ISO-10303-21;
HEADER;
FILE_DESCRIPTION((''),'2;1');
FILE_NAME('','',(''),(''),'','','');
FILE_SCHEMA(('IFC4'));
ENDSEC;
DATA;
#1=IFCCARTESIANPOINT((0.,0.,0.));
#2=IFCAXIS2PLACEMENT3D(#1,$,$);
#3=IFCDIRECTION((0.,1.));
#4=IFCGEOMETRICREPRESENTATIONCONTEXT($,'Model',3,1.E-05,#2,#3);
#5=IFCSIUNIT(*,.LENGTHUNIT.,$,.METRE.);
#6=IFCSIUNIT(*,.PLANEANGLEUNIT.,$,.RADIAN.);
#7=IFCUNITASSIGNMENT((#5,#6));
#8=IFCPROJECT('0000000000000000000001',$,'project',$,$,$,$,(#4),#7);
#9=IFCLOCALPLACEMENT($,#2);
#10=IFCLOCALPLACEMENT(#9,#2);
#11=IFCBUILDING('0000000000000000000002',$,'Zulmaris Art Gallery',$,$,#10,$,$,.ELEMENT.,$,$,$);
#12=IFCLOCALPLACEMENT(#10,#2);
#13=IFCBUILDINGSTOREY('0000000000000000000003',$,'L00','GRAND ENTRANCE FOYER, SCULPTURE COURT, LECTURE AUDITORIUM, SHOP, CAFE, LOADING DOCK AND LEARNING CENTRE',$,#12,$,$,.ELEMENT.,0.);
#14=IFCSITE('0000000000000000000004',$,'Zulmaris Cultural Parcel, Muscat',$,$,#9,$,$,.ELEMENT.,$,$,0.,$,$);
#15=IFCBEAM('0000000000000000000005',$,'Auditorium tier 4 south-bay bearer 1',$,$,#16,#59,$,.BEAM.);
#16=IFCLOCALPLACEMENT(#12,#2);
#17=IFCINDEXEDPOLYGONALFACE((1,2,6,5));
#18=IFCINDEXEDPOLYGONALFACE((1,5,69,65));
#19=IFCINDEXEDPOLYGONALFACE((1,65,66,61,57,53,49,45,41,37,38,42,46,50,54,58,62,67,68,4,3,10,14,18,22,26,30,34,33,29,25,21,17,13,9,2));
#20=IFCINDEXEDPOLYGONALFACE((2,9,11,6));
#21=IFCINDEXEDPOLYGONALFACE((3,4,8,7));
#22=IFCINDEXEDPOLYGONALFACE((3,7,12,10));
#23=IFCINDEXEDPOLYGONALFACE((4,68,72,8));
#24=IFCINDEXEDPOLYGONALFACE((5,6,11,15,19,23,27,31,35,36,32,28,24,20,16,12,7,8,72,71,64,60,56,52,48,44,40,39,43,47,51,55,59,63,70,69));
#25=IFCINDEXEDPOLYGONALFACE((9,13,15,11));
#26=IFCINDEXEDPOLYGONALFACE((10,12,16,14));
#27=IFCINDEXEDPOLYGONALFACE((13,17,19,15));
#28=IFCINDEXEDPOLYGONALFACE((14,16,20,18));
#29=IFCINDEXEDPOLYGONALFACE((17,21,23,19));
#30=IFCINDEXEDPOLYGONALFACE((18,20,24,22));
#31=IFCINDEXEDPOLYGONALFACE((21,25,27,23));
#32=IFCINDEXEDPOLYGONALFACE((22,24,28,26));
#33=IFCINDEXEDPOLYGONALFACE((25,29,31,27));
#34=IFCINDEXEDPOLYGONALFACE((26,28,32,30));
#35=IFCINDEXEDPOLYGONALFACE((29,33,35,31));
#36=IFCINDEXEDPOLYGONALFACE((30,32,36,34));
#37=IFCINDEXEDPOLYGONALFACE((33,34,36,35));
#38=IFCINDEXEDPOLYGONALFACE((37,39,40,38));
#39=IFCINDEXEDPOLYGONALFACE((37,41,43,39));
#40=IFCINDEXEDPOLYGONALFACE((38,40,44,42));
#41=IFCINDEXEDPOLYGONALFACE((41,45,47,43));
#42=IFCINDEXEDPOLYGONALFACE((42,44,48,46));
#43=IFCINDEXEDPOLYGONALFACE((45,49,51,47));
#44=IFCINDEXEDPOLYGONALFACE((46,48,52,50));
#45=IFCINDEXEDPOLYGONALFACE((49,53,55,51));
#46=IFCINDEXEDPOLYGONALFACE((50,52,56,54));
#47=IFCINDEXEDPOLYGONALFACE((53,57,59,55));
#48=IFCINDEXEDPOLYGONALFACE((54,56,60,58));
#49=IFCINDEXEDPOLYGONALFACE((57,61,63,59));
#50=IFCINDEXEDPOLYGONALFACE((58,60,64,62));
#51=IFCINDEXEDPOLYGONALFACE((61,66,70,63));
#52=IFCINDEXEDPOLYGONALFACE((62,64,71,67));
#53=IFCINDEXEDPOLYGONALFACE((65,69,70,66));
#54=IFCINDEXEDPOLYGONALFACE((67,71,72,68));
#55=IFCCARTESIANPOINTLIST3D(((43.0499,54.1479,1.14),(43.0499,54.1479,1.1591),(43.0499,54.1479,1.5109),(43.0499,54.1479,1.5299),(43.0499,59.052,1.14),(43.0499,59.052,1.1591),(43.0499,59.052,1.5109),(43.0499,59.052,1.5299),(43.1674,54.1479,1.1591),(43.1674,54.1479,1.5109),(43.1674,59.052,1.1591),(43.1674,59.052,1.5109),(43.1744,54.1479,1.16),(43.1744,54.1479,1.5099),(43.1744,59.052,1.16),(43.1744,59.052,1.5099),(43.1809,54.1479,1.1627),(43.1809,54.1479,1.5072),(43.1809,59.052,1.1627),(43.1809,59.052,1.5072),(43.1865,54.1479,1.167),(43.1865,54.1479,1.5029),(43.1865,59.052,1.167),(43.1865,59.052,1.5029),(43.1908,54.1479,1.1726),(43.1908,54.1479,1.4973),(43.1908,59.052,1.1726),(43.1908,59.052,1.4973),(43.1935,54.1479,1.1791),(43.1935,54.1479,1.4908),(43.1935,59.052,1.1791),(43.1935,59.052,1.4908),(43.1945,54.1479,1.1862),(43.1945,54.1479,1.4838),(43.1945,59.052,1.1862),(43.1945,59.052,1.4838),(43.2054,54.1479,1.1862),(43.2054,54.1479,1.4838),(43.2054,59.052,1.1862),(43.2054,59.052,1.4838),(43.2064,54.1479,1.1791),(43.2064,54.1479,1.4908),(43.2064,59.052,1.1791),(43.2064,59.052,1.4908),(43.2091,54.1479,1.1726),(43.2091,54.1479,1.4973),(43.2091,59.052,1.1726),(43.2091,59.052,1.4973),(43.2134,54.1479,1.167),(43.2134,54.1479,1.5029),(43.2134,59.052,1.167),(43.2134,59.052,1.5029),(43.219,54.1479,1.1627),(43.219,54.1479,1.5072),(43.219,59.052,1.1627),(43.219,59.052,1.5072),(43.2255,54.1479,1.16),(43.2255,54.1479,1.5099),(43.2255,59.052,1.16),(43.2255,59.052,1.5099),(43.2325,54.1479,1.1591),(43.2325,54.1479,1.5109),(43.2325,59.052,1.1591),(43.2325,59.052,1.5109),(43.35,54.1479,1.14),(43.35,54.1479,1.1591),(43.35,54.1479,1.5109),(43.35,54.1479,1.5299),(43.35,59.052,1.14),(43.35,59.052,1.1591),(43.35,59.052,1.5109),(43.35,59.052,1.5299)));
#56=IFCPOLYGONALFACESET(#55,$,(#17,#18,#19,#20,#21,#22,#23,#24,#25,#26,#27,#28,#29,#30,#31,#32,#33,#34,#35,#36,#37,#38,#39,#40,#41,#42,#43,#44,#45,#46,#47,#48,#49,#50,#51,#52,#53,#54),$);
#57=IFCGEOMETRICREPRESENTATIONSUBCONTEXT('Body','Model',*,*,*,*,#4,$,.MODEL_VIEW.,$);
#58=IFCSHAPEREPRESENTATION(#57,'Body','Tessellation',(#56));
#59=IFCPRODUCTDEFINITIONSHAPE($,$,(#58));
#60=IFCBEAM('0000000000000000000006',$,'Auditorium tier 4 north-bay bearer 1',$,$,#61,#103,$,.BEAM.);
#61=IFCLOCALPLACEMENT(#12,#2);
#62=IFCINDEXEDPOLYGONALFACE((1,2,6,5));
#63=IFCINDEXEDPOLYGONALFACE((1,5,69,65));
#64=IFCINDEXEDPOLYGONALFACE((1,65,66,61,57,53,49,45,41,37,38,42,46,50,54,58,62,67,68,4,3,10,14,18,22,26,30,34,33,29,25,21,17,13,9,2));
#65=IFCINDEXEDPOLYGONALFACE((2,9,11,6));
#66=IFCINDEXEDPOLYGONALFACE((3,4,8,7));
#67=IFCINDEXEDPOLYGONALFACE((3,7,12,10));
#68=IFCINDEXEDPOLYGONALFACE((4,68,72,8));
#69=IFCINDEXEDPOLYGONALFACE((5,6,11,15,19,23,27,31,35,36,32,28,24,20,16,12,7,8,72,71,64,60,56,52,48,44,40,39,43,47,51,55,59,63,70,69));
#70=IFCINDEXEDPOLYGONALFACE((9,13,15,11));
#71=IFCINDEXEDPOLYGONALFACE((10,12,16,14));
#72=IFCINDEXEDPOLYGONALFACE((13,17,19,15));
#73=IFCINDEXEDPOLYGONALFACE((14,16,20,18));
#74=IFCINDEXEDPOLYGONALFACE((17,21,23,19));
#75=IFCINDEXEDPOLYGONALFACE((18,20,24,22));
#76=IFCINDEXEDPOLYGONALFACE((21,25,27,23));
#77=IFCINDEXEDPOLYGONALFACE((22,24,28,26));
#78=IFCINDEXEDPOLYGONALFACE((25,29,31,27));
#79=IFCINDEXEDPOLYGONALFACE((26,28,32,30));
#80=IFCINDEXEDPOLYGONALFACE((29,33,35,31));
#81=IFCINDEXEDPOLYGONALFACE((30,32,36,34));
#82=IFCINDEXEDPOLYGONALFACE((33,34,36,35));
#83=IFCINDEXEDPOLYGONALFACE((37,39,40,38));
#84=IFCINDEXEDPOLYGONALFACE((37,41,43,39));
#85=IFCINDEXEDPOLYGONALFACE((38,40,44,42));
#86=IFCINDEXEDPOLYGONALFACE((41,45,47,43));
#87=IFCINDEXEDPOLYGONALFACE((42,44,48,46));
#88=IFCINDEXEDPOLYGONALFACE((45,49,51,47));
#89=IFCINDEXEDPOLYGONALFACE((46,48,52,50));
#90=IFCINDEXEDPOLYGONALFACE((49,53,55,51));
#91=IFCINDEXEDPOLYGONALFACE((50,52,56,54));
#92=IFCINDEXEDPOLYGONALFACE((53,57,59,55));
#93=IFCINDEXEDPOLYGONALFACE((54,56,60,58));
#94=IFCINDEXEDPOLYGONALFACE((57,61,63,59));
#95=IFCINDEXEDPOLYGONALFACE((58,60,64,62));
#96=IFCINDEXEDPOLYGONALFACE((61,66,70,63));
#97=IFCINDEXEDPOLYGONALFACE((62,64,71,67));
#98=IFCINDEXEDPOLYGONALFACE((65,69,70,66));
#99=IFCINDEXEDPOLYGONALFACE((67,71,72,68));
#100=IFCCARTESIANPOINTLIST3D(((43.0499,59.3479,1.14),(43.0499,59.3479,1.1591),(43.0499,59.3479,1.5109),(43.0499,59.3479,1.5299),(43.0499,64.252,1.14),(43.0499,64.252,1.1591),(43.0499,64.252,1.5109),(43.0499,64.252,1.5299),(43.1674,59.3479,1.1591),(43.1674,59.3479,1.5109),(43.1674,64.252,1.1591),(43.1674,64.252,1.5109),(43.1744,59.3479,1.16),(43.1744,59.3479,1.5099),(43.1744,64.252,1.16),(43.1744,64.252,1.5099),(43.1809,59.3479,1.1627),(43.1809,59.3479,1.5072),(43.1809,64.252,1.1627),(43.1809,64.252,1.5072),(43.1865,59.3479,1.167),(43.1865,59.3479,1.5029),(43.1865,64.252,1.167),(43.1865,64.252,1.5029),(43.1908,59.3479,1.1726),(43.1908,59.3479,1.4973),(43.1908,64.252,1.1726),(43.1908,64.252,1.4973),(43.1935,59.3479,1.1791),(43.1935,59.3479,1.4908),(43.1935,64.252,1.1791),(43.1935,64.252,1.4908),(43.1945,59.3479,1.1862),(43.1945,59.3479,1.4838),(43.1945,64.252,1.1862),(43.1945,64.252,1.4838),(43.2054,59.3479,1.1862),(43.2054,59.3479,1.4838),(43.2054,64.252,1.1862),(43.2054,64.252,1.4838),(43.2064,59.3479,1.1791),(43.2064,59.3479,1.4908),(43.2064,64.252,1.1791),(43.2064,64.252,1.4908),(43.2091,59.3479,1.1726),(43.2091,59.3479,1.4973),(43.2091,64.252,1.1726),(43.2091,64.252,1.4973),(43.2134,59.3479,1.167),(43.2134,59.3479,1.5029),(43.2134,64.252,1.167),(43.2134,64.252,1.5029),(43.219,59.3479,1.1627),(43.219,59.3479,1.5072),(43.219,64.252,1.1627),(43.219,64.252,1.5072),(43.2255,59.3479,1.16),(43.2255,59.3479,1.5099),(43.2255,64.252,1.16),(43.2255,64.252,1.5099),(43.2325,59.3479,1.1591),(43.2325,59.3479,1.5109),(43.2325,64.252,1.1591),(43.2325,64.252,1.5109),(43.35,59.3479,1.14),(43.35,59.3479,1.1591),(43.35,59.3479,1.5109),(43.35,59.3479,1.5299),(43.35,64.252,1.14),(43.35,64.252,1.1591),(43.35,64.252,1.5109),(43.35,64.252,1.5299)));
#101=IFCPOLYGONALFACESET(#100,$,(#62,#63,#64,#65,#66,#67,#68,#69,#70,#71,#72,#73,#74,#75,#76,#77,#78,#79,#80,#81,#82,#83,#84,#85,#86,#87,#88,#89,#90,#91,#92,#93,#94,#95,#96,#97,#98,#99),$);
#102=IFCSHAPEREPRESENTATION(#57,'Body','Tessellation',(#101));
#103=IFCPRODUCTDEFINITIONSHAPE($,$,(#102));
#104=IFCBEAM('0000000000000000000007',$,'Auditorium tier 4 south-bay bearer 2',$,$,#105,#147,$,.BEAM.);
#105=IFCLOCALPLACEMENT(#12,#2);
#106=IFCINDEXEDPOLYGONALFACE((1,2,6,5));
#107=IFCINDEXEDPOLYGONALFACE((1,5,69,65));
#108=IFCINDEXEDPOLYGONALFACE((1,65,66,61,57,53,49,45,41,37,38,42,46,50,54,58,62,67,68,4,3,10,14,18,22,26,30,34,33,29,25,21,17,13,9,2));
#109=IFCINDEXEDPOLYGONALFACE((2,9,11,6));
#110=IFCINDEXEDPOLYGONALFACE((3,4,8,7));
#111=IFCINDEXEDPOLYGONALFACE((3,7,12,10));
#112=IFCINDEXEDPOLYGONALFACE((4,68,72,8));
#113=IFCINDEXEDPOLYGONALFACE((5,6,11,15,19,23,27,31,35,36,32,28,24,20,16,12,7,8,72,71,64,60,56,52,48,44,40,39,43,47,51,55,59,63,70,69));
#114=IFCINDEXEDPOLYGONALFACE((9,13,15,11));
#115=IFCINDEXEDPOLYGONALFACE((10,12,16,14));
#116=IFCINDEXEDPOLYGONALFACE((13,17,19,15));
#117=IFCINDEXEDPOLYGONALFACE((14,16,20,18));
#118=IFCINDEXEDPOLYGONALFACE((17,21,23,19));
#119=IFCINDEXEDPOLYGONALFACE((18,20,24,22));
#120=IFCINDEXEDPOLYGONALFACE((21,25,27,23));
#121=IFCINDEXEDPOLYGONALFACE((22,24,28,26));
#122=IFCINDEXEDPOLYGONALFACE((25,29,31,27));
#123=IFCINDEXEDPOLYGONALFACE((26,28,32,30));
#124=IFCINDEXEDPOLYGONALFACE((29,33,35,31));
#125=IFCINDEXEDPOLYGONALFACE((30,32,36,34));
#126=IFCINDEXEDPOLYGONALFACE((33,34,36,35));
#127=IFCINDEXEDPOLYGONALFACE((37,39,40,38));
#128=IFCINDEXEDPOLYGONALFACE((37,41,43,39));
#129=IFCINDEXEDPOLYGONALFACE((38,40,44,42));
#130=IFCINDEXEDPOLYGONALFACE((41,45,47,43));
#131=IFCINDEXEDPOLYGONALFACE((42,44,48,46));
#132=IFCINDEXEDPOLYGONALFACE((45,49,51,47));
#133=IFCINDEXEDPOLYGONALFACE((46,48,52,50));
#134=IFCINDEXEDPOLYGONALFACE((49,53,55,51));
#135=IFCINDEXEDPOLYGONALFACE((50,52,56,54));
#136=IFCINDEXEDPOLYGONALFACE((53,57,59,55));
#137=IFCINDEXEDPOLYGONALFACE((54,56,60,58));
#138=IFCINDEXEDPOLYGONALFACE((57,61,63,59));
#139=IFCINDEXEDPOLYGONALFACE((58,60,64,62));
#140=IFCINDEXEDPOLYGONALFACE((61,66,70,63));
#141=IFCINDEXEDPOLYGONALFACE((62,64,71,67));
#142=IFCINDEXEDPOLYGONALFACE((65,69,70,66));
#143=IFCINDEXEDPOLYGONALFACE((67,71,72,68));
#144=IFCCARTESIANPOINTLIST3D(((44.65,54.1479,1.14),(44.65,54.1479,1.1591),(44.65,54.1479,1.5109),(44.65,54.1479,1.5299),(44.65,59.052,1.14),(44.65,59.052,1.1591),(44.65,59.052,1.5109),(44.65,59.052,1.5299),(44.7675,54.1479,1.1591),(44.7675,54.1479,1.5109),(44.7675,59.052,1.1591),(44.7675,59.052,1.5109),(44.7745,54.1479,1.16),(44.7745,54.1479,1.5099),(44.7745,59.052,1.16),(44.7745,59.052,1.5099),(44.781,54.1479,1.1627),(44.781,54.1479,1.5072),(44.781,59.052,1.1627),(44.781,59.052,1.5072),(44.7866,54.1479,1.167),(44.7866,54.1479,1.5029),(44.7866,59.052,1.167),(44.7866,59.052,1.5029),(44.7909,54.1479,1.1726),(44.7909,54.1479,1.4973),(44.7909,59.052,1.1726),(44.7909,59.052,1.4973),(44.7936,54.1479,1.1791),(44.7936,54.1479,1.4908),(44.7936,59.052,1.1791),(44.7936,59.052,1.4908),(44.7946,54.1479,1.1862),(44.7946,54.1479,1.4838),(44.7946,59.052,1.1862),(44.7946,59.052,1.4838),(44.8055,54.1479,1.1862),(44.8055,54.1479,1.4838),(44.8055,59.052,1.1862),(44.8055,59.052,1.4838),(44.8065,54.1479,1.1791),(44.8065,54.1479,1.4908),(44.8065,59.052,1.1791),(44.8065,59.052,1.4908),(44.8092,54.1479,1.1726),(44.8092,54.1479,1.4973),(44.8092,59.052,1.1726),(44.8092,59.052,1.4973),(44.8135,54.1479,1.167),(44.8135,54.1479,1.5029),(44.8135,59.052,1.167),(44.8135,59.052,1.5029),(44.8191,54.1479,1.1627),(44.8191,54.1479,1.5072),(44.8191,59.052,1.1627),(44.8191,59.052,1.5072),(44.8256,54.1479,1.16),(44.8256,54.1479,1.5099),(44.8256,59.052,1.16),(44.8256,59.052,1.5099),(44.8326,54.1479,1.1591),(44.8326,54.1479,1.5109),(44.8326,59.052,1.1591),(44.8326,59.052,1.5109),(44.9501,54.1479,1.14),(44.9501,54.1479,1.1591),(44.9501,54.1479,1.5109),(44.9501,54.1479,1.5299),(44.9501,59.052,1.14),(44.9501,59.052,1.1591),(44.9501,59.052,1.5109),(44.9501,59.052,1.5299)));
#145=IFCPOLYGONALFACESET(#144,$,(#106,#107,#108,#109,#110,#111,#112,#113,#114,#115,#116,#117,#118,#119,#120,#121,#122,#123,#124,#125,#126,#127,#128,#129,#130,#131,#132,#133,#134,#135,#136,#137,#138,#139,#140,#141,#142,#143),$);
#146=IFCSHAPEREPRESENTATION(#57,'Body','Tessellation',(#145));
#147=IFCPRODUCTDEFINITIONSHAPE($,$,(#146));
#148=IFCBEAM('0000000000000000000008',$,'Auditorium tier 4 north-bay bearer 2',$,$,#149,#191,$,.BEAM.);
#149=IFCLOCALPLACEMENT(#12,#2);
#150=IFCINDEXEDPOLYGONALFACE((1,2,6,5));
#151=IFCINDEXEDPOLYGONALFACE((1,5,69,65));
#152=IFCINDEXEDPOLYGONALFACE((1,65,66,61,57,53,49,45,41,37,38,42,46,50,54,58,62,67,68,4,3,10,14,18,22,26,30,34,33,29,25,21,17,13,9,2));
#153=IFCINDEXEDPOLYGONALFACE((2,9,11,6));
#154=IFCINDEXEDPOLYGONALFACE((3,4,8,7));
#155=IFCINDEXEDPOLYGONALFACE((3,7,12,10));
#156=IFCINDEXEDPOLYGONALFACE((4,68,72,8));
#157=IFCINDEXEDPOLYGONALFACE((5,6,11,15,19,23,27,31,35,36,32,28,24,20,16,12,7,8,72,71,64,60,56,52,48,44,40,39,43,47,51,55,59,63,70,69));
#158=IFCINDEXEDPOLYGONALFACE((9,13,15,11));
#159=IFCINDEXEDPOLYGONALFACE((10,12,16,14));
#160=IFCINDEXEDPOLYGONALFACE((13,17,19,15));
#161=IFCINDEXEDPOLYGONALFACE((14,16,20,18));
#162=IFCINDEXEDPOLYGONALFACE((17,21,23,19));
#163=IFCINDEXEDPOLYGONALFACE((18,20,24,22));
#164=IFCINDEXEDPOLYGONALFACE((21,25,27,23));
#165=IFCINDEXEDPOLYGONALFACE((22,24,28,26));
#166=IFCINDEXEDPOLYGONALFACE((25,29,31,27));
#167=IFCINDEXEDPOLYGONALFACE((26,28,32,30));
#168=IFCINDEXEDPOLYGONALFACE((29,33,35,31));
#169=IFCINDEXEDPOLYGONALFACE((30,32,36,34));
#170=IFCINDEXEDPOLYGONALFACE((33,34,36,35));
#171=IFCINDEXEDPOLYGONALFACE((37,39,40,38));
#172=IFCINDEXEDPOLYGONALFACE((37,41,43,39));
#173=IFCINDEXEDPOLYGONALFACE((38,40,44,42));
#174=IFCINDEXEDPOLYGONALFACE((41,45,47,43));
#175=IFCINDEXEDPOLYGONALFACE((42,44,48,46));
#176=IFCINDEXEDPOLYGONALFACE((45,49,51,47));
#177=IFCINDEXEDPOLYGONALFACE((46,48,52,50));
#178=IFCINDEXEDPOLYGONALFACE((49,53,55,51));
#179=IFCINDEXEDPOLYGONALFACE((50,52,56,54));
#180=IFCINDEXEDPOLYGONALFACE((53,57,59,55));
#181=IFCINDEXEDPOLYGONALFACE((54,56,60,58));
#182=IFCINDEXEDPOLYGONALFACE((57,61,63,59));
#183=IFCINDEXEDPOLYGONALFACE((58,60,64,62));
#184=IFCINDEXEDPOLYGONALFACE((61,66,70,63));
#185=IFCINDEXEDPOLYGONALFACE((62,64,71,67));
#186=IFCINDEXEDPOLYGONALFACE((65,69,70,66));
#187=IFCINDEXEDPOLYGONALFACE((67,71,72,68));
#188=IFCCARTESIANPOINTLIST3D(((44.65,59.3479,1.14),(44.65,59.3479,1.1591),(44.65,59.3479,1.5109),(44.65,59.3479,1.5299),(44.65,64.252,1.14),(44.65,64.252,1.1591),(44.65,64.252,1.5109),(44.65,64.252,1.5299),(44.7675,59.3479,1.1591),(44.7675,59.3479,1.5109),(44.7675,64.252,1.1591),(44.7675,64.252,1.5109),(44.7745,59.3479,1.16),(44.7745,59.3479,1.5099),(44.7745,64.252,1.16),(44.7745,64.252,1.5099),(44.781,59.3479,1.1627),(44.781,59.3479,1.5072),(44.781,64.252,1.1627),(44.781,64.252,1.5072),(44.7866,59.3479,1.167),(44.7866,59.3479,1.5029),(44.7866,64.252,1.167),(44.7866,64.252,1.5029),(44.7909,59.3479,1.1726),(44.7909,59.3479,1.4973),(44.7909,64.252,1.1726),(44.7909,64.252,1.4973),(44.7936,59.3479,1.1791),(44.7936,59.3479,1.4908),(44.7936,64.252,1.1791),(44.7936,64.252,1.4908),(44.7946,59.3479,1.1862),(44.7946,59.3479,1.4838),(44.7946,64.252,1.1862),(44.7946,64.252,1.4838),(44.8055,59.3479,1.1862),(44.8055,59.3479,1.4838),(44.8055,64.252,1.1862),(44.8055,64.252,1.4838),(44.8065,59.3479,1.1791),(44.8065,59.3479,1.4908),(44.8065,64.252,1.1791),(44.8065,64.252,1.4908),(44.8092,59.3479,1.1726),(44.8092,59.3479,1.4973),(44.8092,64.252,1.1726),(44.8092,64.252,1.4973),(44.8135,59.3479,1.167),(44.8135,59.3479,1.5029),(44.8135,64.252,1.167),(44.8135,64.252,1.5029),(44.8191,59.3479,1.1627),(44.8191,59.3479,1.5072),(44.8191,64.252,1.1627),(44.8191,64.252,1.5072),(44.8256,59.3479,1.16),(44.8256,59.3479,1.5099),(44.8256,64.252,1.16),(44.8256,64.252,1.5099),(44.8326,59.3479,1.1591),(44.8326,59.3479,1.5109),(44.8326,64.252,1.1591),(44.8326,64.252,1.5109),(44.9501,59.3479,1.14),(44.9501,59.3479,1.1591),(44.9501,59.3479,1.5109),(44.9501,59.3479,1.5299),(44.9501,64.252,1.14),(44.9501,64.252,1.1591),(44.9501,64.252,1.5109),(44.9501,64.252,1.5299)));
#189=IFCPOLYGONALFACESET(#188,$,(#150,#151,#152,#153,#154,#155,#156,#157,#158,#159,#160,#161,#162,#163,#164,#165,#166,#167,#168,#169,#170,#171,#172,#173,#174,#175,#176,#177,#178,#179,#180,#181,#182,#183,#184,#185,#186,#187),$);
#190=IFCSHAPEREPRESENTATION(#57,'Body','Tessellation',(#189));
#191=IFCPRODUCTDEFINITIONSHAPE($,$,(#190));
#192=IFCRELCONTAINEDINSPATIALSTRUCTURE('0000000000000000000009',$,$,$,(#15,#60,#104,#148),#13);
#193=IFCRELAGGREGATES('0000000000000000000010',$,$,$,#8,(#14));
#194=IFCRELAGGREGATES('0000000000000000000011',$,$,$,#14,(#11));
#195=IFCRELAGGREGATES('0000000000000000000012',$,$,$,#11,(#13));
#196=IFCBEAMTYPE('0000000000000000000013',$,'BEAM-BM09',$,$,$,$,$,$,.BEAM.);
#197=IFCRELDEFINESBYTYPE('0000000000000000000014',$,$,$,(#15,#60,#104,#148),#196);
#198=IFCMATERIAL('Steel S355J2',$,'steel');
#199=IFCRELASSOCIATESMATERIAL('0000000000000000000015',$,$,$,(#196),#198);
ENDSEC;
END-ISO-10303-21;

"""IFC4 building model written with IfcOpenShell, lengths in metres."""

from ifc_helpers import new_model, si_unit, direction, frame, origin, origin_2d, place, context, subcontext, project, spatial, i_section, extrude, material, material_profile, profile_set, type_object, element, save


model = new_model("IFC4")

# Units and contexts
model_context = context("Model", 3, precision=1e-05, world=origin(), true_north=direction((0.0, 1.0)))
body_context = subcontext(model_context, "Body", "Model", "MODEL_VIEW")
ifc_project = project(units=[si_unit("LENGTHUNIT", "METRE"), si_unit("PLANEANGLEUNIT", "RADIAN")], contexts=[model_context])

# Site, building, storey
site_placement = place(None, origin())
site = spatial("IfcSite", under=ifc_project, at=site_placement, Name="Zulmaris Cultural Parcel, Muscat", CompositionType="ELEMENT", RefElevation=0.0)
building_placement = place(site_placement, origin())
building = spatial("IfcBuilding", under=site, at=building_placement, Name="Zulmaris Art Gallery", CompositionType="ELEMENT")
storey_placement = place(building_placement, origin())
storey = spatial("IfcBuildingStorey", under=building, at=storey_placement, Name="L00", Description="GRAND ENTRANCE FOYER, SCULPTURE COURT, LECTURE AUDITORIUM, SHOP, CAFE, LOADING DOCK AND LEARNING CENTRE", CompositionType="ELEMENT", Elevation=0.0)

# Beams
ifc_material_1 = material(Name="Steel S355J2", Category="steel")
ifc_material_profile_1 = material_profile(ifc_material_1, i_section(OverallWidth=0.3, OverallDepth=0.3899, WebThickness=0.011, FlangeThickness=0.019, FilletRadius=0.0271, at=origin_2d()), Name="HEA 400")
ifc_profile_set_1 = profile_set([ifc_material_profile_1], Name="Steel S355J2")
beam_type_1 = type_object("IfcBeamType", Name="BEAM-BM09", PredefinedType="BEAM", material=ifc_profile_set_1)
for number, where, z_axis, x_axis, name in (
    (1, (43.2, 54.1479, 1.335), (0.0, 1.0, 0.0), (-1.0, 0.0, 0.0), "Auditorium tier 4 south-bay bearer 1"),
    (2, (43.2, 59.3479, 1.335), (0.0, 1.0, 0.0), (-1.0, 0.0, 0.0), "Auditorium tier 4 north-bay bearer 1"),
    (3, (44.8, 54.1479, 1.335), (0.0, 1.0, 0.0), (-1.0, 0.0, 0.0), "Auditorium tier 4 south-bay bearer 2"),
    (4, (44.8, 59.3479, 1.335), (0.0, 1.0, 0.0), (-1.0, 0.0, 0.0), "Auditorium tier 4 north-bay bearer 2"),
):
    element("IfcBeam", number, at=place(storey_placement, frame(where, z_axis=z_axis, x_axis=x_axis)), inside=storey, type_object=beam_type_1, Name=name, PredefinedType="BEAM", context=body_context, shape_type="SweptSolid", body=[
        extrude(i_section(OverallWidth=0.3, OverallDepth=0.3899, WebThickness=0.011, FlangeThickness=0.019, FilletRadius=0.0271, at=origin_2d()), origin(), (0.0, 0.0, 1.0), 4.9041),
    ])

save(model, "model.ifc")
